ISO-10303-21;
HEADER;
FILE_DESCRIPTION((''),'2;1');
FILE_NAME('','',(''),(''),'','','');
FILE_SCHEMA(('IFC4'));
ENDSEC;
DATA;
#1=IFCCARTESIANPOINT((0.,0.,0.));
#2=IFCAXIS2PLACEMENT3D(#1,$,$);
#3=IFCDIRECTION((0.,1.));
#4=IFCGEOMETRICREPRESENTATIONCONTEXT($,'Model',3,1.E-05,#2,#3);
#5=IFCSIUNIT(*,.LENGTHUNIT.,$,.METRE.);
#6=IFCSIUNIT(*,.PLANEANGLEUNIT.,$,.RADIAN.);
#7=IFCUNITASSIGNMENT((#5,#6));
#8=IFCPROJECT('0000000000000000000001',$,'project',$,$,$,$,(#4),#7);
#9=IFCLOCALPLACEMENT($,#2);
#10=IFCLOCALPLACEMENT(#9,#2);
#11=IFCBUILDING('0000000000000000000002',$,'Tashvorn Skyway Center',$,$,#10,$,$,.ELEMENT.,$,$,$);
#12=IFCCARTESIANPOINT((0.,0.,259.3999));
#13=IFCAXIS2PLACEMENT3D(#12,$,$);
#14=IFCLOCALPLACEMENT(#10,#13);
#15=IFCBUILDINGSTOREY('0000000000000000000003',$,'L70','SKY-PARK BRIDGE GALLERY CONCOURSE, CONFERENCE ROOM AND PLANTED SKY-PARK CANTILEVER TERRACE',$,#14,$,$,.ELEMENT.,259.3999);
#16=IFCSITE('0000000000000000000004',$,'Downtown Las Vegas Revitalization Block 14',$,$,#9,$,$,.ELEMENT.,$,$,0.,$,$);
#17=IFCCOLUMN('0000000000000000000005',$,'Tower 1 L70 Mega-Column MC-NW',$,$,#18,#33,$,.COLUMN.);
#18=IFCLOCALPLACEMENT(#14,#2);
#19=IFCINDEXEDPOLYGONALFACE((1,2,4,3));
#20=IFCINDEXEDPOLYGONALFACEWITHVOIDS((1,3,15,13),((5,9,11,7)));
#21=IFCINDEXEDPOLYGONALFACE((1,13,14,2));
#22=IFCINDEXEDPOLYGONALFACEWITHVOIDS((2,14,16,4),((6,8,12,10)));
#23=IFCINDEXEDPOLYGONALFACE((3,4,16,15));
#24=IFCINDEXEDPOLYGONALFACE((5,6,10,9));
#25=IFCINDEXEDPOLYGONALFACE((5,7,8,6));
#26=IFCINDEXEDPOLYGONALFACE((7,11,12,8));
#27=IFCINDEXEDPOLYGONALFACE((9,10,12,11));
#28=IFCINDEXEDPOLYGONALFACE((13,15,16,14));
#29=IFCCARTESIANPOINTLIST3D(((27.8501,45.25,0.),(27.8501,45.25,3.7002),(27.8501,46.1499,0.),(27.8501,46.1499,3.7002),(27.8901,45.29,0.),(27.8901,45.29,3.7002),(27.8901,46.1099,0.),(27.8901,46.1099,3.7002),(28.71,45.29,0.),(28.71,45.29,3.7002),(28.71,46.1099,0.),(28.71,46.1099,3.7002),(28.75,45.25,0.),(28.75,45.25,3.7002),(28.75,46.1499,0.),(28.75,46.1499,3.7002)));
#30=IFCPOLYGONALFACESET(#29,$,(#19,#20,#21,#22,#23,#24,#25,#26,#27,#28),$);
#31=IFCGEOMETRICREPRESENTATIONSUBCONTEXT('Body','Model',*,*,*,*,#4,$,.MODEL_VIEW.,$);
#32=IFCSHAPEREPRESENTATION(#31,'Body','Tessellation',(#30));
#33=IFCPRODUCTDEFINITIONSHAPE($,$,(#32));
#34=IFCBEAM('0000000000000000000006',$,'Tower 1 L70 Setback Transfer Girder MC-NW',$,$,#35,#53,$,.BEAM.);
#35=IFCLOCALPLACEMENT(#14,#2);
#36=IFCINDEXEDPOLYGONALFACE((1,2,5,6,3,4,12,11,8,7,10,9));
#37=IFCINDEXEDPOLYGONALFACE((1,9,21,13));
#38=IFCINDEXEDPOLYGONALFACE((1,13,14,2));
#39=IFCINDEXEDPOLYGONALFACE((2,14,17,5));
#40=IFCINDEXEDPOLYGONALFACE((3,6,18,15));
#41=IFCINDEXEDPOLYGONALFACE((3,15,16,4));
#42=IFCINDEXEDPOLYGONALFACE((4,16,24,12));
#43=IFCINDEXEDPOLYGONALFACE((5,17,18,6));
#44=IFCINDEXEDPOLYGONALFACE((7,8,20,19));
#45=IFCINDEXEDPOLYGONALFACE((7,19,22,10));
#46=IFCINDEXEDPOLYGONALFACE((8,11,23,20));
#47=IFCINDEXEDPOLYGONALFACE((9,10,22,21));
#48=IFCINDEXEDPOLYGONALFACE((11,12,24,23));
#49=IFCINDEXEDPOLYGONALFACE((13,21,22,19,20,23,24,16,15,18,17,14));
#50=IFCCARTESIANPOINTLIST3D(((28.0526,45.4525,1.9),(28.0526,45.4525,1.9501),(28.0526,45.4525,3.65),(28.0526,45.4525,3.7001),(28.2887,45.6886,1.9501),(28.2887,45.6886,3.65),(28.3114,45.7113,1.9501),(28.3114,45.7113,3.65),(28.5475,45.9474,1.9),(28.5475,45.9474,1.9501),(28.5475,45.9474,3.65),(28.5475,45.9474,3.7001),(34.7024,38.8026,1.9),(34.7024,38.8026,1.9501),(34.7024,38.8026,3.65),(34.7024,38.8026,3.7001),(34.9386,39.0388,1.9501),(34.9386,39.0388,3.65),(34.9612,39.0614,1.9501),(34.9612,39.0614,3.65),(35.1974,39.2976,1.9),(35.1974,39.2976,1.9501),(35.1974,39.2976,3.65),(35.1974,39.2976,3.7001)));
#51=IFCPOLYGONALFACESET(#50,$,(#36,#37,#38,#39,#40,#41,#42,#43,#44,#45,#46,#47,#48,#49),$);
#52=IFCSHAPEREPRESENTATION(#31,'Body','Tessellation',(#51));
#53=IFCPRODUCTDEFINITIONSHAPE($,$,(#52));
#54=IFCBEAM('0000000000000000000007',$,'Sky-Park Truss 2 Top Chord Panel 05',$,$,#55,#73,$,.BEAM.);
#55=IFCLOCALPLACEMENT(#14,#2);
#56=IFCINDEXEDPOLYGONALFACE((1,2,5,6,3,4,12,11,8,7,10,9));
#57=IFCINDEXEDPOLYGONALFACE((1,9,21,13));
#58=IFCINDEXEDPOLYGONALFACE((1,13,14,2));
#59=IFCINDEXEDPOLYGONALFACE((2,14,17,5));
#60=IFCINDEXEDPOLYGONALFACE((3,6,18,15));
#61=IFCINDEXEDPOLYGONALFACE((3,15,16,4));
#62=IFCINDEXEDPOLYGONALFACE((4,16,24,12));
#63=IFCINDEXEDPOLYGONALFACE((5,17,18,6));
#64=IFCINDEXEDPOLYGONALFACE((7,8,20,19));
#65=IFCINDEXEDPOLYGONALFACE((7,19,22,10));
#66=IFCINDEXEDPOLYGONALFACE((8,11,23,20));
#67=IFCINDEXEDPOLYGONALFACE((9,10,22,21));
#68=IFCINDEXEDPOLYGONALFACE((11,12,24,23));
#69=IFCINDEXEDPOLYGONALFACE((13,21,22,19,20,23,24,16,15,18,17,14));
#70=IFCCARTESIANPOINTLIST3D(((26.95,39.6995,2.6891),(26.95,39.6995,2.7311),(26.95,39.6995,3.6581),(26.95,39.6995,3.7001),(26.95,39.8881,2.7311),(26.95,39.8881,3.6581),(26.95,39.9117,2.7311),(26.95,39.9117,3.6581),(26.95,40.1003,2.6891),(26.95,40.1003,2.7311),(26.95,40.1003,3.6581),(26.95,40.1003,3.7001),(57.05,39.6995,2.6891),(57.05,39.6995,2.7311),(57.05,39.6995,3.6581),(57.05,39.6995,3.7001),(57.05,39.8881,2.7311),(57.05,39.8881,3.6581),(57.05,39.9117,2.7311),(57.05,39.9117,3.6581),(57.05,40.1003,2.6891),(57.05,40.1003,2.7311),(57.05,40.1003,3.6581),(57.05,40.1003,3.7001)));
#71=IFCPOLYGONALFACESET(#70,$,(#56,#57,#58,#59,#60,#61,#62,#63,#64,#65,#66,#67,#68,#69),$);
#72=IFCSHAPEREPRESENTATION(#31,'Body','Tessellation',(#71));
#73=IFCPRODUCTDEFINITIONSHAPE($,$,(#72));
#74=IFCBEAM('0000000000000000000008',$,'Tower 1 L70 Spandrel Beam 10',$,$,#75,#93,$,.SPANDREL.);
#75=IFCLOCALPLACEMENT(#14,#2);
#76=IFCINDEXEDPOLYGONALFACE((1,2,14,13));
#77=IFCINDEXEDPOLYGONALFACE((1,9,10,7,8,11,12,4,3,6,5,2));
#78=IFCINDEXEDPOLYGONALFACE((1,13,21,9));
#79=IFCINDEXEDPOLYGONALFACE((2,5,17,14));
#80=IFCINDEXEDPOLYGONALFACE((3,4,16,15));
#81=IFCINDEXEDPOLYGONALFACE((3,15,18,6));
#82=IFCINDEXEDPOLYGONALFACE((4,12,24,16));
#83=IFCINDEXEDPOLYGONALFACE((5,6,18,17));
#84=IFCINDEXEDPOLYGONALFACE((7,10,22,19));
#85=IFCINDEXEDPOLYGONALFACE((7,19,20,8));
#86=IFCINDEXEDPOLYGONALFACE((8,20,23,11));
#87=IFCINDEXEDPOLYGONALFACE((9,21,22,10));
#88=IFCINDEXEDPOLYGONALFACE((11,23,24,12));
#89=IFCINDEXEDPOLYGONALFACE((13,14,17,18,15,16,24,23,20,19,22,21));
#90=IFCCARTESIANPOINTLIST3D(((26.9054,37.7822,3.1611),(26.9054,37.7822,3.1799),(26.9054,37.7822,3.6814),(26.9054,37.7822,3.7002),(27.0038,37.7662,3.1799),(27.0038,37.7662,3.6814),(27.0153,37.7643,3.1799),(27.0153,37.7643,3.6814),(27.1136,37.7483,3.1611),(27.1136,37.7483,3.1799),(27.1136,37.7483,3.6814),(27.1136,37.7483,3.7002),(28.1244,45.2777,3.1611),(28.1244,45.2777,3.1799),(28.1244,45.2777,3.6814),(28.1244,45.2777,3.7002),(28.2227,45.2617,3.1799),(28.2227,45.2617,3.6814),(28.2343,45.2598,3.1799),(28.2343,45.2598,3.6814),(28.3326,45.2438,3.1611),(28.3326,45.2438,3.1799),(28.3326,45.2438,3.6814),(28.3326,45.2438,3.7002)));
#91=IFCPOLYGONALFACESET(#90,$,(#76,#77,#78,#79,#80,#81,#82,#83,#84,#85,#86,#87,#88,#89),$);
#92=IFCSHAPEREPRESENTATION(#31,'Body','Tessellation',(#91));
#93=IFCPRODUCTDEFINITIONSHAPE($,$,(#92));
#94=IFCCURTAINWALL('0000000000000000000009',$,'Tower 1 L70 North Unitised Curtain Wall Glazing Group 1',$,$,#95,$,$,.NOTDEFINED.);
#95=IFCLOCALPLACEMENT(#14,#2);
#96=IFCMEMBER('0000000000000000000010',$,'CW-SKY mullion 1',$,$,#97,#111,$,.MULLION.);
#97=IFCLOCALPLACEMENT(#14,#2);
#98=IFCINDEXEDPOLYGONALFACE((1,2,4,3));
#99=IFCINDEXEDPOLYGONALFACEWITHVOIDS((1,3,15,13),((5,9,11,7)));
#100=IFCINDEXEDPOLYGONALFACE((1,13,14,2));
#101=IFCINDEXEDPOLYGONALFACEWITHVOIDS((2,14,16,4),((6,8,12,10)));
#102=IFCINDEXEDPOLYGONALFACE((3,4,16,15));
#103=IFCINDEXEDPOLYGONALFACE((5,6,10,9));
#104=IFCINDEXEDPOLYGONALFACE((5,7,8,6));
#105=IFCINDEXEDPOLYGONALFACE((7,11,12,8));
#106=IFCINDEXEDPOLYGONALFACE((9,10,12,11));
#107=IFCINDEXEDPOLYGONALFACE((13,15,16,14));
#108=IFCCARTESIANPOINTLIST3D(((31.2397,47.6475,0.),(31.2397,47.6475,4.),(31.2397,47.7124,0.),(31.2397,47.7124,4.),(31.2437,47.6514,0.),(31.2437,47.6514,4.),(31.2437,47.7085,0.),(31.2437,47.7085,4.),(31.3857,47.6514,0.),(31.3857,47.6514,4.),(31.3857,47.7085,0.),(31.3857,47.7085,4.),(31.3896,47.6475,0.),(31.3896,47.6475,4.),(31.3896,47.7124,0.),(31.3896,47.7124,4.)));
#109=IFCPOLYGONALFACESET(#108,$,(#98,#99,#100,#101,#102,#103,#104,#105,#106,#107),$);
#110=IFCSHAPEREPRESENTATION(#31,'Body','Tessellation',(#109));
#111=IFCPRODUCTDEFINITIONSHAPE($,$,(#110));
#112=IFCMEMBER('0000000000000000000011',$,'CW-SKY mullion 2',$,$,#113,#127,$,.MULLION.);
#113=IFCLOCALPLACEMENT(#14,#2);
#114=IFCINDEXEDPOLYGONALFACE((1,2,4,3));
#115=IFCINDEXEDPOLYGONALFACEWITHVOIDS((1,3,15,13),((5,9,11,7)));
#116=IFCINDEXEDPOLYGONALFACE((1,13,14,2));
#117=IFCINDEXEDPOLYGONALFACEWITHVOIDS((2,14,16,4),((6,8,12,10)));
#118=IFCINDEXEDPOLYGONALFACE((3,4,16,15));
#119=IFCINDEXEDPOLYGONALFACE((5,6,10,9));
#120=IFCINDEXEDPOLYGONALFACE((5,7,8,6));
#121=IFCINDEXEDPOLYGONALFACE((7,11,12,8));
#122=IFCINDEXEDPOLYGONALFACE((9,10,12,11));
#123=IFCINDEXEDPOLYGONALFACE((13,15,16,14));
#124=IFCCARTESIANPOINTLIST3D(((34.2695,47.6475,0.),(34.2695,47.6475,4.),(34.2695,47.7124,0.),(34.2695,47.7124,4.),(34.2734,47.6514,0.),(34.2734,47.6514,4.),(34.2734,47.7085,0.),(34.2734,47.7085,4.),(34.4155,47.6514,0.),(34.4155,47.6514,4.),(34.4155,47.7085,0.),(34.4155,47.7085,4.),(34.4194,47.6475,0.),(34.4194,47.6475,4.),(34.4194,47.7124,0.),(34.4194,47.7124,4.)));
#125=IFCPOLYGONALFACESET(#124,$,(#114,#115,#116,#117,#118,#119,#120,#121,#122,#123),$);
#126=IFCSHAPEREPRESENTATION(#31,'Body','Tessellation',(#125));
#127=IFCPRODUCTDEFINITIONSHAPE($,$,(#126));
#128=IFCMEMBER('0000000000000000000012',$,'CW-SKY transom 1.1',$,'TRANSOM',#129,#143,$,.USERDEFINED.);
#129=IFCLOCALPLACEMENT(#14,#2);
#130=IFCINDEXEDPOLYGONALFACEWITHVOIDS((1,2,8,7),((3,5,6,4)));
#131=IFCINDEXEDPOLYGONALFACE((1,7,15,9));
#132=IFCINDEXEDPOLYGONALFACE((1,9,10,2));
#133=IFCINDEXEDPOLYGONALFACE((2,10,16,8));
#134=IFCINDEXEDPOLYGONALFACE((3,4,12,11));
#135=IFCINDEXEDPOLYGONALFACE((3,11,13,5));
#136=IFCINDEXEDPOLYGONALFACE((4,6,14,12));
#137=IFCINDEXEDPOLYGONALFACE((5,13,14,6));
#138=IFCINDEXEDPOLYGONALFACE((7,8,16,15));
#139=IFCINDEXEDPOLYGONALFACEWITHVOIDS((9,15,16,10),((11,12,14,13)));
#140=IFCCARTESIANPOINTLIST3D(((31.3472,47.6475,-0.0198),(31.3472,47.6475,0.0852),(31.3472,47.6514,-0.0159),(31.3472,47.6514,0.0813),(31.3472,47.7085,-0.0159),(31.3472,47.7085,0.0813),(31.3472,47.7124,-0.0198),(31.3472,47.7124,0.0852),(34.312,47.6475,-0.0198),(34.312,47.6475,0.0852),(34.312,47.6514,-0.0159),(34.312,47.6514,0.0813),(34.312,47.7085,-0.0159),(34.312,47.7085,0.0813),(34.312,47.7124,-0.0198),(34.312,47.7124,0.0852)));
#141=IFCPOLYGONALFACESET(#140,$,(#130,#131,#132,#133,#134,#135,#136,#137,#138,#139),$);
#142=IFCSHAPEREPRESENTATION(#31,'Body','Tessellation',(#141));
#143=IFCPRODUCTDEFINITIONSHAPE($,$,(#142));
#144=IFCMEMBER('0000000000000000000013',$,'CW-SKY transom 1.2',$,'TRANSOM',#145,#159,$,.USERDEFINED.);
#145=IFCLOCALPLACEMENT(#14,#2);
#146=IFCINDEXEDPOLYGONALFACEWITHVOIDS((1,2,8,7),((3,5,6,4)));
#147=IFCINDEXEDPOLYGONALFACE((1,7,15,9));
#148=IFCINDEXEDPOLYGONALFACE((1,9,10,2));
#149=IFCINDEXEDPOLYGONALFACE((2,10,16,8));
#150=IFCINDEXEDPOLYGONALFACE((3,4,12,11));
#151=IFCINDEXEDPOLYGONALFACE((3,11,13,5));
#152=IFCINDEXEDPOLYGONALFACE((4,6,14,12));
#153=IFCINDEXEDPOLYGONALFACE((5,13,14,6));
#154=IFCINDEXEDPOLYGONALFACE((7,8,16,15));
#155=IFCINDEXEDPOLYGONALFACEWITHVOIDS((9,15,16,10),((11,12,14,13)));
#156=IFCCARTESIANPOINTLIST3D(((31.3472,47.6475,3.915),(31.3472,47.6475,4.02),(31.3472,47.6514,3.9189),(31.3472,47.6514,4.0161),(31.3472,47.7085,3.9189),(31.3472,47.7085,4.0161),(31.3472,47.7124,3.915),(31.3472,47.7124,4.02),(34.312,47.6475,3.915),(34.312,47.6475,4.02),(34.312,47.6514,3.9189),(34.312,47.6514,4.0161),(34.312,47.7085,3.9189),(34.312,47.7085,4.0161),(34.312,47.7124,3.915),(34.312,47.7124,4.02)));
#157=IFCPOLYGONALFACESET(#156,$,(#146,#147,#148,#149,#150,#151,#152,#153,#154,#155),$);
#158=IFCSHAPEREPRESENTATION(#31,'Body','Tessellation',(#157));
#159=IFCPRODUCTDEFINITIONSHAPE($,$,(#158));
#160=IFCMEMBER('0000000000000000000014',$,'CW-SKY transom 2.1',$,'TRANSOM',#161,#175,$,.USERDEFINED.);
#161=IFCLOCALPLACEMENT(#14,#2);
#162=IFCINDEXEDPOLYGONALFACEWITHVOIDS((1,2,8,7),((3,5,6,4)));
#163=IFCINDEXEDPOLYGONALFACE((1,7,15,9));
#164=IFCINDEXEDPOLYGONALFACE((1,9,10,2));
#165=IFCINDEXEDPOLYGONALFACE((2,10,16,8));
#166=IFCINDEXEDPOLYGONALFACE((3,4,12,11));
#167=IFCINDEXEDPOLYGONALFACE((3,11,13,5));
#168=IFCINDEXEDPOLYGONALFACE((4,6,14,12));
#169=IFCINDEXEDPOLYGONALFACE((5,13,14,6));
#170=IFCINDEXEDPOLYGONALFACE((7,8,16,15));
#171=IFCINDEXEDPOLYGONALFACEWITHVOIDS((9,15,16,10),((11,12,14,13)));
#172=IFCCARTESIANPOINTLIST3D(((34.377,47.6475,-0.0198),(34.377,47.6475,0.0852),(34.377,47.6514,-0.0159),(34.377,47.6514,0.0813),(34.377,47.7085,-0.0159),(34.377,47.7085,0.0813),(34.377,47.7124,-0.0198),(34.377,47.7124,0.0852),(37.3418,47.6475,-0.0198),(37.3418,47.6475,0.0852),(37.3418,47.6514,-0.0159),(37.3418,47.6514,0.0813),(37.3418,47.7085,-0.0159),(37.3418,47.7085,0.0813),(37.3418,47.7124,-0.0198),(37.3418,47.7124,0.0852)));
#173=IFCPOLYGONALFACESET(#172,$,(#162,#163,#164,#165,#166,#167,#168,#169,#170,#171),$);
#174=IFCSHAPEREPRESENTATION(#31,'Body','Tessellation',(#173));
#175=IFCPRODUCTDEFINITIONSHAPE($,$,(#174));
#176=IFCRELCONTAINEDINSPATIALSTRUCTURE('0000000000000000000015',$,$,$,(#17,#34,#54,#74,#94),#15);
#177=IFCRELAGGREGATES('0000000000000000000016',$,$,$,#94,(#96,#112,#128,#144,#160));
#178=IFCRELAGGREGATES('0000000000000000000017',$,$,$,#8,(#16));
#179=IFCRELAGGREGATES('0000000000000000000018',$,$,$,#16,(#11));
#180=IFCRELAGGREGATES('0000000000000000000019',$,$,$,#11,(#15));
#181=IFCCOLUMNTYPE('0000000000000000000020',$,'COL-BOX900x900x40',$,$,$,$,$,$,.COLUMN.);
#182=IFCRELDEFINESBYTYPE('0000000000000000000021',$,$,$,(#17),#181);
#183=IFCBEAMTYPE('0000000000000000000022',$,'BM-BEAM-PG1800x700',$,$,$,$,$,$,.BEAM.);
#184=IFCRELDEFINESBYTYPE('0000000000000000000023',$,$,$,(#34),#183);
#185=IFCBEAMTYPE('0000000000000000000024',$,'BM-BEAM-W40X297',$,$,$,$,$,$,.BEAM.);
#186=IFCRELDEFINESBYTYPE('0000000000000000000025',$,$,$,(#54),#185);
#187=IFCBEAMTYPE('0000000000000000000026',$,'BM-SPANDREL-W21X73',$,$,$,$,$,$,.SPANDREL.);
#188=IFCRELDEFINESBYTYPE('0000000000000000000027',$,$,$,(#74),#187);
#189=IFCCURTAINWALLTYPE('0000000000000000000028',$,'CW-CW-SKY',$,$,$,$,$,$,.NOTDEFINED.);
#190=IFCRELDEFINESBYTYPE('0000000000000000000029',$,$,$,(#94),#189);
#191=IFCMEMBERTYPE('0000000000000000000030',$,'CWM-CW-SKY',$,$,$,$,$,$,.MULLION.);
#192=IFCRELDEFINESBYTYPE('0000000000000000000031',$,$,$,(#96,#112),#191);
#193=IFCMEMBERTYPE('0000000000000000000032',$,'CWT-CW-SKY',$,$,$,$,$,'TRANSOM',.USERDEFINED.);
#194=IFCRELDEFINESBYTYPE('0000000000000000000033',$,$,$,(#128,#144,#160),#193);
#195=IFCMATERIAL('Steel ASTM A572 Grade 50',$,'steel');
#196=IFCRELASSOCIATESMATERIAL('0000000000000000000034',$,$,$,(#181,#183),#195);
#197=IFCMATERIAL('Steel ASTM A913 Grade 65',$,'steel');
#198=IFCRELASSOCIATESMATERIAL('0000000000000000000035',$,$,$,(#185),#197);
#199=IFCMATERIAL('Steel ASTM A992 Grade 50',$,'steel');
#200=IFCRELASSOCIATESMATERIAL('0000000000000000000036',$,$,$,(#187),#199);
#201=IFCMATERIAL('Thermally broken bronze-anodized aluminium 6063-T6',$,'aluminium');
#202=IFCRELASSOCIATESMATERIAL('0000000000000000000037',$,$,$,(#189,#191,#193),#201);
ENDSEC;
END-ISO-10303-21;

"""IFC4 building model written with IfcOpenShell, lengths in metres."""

from ifc_helpers import new_model, si_unit, direction, frame, origin, origin_2d, place, context, subcontext, project, spatial, hollow_rectangle, i_section, extrude, material, material_profile, profile_set, type_object, element, aggregate, save


model = new_model("IFC4")

# Units and contexts
model_context = context("Model", 3, precision=1e-05, world=origin(), true_north=direction((0.0, 1.0)))
body_context = subcontext(model_context, "Body", "Model", "MODEL_VIEW")
ifc_project = project(units=[si_unit("LENGTHUNIT", "METRE"), si_unit("PLANEANGLEUNIT", "RADIAN")], contexts=[model_context])

# Site, building, storey
site_placement = place(None, origin())
site = spatial("IfcSite", under=ifc_project, at=site_placement, Name="Downtown Las Vegas Revitalization Block 14", CompositionType="ELEMENT", RefElevation=0.0)
building_placement = place(site_placement, origin())
building = spatial("IfcBuilding", under=site, at=building_placement, Name="Tashvorn Skyway Center", CompositionType="ELEMENT")
storey_placement = place(building_placement, frame((0.0, 0.0, 259.3999)))
storey = spatial("IfcBuildingStorey", under=building, at=storey_placement, Name="L70", Description="SKY-PARK BRIDGE GALLERY CONCOURSE, CONFERENCE ROOM AND PLANTED SKY-PARK CANTILEVER TERRACE", CompositionType="ELEMENT", Elevation=259.3999)

# Column
ifc_material_1 = material(Name="Steel ASTM A572 Grade 50", Category="steel")
ifc_material_profile_1 = material_profile(ifc_material_1, hollow_rectangle(XDim=0.8999, YDim=0.8999, WallThickness=0.04, at=origin_2d()), Name="BOX900x900x40")
ifc_profile_set_1 = profile_set([ifc_material_profile_1], Name="Steel ASTM A572 Grade 50")
column_type = type_object("IfcColumnType", Name="COL-BOX900x900x40", PredefinedType="COLUMN", material=ifc_profile_set_1)
column_placement = place(storey_placement, frame((28.3, 45.7, 0.0), z_axis=(0.0, 0.0, 1.0), x_axis=(1.0, 0.0, 0.0)))
element("IfcColumn", 1, at=column_placement, inside=storey, type_object=column_type, Name="Tower 1 L70 Mega-Column MC-NW", PredefinedType="COLUMN", context=body_context, shape_type="SweptSolid", body=[
    extrude(hollow_rectangle(XDim=0.8999, YDim=0.8999, WallThickness=0.04, at=origin_2d()), origin(), (0.0, 0.0, 1.0), 3.7002),
])

# Beams
ifc_material_profile_2 = material_profile(ifc_material_1, i_section(OverallWidth=0.7, OverallDepth=1.8, WebThickness=0.032, FlangeThickness=0.05, at=origin_2d()), Name="PG1800x700")
ifc_profile_set_2 = profile_set([ifc_material_profile_2], Name="Steel ASTM A572 Grade 50")
beam_type_1 = type_object("IfcBeamType", Name="BM-BEAM-PG1800x700", PredefinedType="BEAM", material=ifc_profile_set_2)
beam_1_placement = place(storey_placement, frame((28.3, 45.7, 2.8), z_axis=(0.707107, -0.707107, 0.0), x_axis=(0.707107, 0.707107, 0.0)))
element("IfcBeam", 2, at=beam_1_placement, inside=storey, type_object=beam_type_1, Name="Tower 1 L70 Setback Transfer Girder MC-NW", PredefinedType="BEAM", context=body_context, shape_type="SweptSolid", body=[
    extrude(i_section(OverallWidth=0.7, OverallDepth=1.8, WebThickness=0.032, FlangeThickness=0.05, at=origin_2d()), origin(), (0.0, 0.0, 1.0), 9.4043),
])
ifc_material_2 = material(Name="Steel ASTM A913 Grade 65", Category="steel")
ifc_material_profile_3 = material_profile(ifc_material_2, i_section(OverallWidth=0.4009, OverallDepth=1.011, WebThickness=0.0237, FlangeThickness=0.042, at=origin_2d()), Name="W40X297")
ifc_profile_set_3 = profile_set([ifc_material_profile_3], Name="Steel ASTM A913 Grade 65")
beam_type_2 = type_object("IfcBeamType", Name="BM-BEAM-W40X297", PredefinedType="BEAM", material=ifc_profile_set_3)
beam_2_placement = place(storey_placement, frame((26.95, 39.8999, 3.1946), z_axis=(1.0, 0.0, 0.0), x_axis=(0.0, 1.0, 0.0)))
element("IfcBeam", 3, at=beam_2_placement, inside=storey, type_object=beam_type_2, Name="Sky-Park Truss 2 Top Chord Panel 05", PredefinedType="BEAM", context=body_context, shape_type="SweptSolid", body=[
    extrude(i_section(OverallWidth=0.4009, OverallDepth=1.011, WebThickness=0.0237, FlangeThickness=0.042, at=origin_2d()), origin(), (0.0, 0.0, 1.0), 30.1001),
])
ifc_material_3 = material(Name="Steel ASTM A992 Grade 50", Category="steel")
ifc_material_profile_4 = material_profile(ifc_material_3, i_section(OverallWidth=0.2109, OverallDepth=0.5391, WebThickness=0.0117, FlangeThickness=0.0188, at=origin_2d()), Name="W21X73")
ifc_profile_set_4 = profile_set([ifc_material_profile_4], Name="Steel ASTM A992 Grade 50")
beam_type_3 = type_object("IfcBeamType", Name="BM-SPANDREL-W21X73", PredefinedType="SPANDREL", material=ifc_profile_set_4)
beam_3_placement = place(storey_placement, frame((28.2285, 45.2607, 3.4307), z_axis=(-0.160519, -0.987033, 0.0), x_axis=(0.987033, -0.160519, 0.0)))
element("IfcBeam", 4, at=beam_3_placement, inside=storey, type_object=beam_type_3, Name="Tower 1 L70 Spandrel Beam 10", PredefinedType="SPANDREL", context=body_context, shape_type="SweptSolid", body=[
    extrude(i_section(OverallWidth=0.2109, OverallDepth=0.5391, WebThickness=0.0117, FlangeThickness=0.0188, at=origin_2d()), origin(), (0.0, 0.0, 1.0), 7.594),
])

# Curtain wall, members
ifc_material_4 = material(Name="Thermally broken bronze-anodized aluminium 6063-T6", Category="aluminium")
curtain_wall_type = type_object("IfcCurtainWallType", Name="CW-CW-SKY", PredefinedType="NOTDEFINED", material=ifc_material_4)
curtain_wall_placement = place(storey_placement, origin())
curtain_wall = element("IfcCurtainWall", 5, at=curtain_wall_placement, inside=storey, type_object=curtain_wall_type, Name="Tower 1 L70 North Unitised Curtain Wall Glazing Group 1", PredefinedType="NOTDEFINED")
ifc_material_profile_5 = material_profile(ifc_material_4, hollow_rectangle(XDim=0.0649, YDim=0.1499, WallThickness=0.0039, at=origin_2d()), Name="ALU-MULL-65x150")
ifc_profile_set_5 = profile_set([ifc_material_profile_5], Name="Thermally broken bronze-anodized aluminium 6063-T6")
member_type_1 = type_object("IfcMemberType", Name="CWM-CW-SKY", PredefinedType="MULLION", material=ifc_profile_set_5)
member_1_placement = place(storey_placement, frame((31.3147, 47.6799, 0.0), z_axis=(0.0, 0.0, 1.0), x_axis=(0.0, 1.0, 0.0)))
member_1 = element("IfcMember", 6, at=member_1_placement, type_object=member_type_1, Name="CW-SKY mullion 1", PredefinedType="MULLION", context=body_context, shape_type="SweptSolid", body=[
    extrude(hollow_rectangle(XDim=0.0649, YDim=0.1499, WallThickness=0.0039, at=origin_2d()), origin(), (0.0, 0.0, 1.0), 4.0),
])
member_2_placement = place(storey_placement, frame((34.3445, 47.6799, 0.0), z_axis=(0.0, 0.0, 1.0), x_axis=(0.0, 1.0, 0.0)))
member_2 = element("IfcMember", 7, at=member_2_placement, type_object=member_type_1, Name="CW-SKY mullion 2", PredefinedType="MULLION", context=body_context, shape_type="SweptSolid", body=[
    extrude(hollow_rectangle(XDim=0.0649, YDim=0.1499, WallThickness=0.0039, at=origin_2d()), origin(), (0.0, 0.0, 1.0), 4.0),
])
ifc_material_profile_6 = material_profile(ifc_material_4, hollow_rectangle(XDim=0.0649, YDim=0.105, WallThickness=0.0039, at=origin_2d()), Name="ALU-TRAN-65x105")
ifc_profile_set_6 = profile_set([ifc_material_profile_6], Name="Thermally broken bronze-anodized aluminium 6063-T6")
member_type_2 = type_object("IfcMemberType", Name="CWT-CW-SKY", ElementType="TRANSOM", PredefinedType="USERDEFINED", material=ifc_profile_set_6)
member_3_placement = place(storey_placement, frame((31.3472, 47.6799, 0.0327), z_axis=(1.0, 0.0, 0.0), x_axis=(0.0, 1.0, 0.0)))
member_3 = element("IfcMember", 8, at=member_3_placement, type_object=member_type_2, Name="CW-SKY transom 1.1", ObjectType="TRANSOM", PredefinedType="USERDEFINED", context=body_context, shape_type="SweptSolid", body=[
    extrude(hollow_rectangle(XDim=0.0649, YDim=0.105, WallThickness=0.0039, at=origin_2d()), origin(), (0.0, 0.0, 1.0), 2.9648),
])
member_4_placement = place(storey_placement, frame((31.3472, 47.6799, 3.9675), z_axis=(1.0, 0.0, 0.0), x_axis=(0.0, 1.0, 0.0)))
member_4 = element("IfcMember", 9, at=member_4_placement, type_object=member_type_2, Name="CW-SKY transom 1.2", ObjectType="TRANSOM", PredefinedType="USERDEFINED", context=body_context, shape_type="SweptSolid", body=[
    extrude(hollow_rectangle(XDim=0.0649, YDim=0.105, WallThickness=0.0039, at=origin_2d()), origin(), (0.0, 0.0, 1.0), 2.9648),
])
member_5_placement = place(storey_placement, frame((34.377, 47.6799, 0.0327), z_axis=(1.0, 0.0, 0.0), x_axis=(0.0, 1.0, 0.0)))
member_5 = element("IfcMember", 10, at=member_5_placement, type_object=member_type_2, Name="CW-SKY transom 2.1", ObjectType="TRANSOM", PredefinedType="USERDEFINED", context=body_context, shape_type="SweptSolid", body=[
    extrude(hollow_rectangle(XDim=0.0649, YDim=0.105, WallThickness=0.0039, at=origin_2d()), origin(), (0.0, 0.0, 1.0), 2.9648),
])
aggregate(curtain_wall, [member_1, member_2, member_3, member_4, member_5])

save(model, "model.ifc")
